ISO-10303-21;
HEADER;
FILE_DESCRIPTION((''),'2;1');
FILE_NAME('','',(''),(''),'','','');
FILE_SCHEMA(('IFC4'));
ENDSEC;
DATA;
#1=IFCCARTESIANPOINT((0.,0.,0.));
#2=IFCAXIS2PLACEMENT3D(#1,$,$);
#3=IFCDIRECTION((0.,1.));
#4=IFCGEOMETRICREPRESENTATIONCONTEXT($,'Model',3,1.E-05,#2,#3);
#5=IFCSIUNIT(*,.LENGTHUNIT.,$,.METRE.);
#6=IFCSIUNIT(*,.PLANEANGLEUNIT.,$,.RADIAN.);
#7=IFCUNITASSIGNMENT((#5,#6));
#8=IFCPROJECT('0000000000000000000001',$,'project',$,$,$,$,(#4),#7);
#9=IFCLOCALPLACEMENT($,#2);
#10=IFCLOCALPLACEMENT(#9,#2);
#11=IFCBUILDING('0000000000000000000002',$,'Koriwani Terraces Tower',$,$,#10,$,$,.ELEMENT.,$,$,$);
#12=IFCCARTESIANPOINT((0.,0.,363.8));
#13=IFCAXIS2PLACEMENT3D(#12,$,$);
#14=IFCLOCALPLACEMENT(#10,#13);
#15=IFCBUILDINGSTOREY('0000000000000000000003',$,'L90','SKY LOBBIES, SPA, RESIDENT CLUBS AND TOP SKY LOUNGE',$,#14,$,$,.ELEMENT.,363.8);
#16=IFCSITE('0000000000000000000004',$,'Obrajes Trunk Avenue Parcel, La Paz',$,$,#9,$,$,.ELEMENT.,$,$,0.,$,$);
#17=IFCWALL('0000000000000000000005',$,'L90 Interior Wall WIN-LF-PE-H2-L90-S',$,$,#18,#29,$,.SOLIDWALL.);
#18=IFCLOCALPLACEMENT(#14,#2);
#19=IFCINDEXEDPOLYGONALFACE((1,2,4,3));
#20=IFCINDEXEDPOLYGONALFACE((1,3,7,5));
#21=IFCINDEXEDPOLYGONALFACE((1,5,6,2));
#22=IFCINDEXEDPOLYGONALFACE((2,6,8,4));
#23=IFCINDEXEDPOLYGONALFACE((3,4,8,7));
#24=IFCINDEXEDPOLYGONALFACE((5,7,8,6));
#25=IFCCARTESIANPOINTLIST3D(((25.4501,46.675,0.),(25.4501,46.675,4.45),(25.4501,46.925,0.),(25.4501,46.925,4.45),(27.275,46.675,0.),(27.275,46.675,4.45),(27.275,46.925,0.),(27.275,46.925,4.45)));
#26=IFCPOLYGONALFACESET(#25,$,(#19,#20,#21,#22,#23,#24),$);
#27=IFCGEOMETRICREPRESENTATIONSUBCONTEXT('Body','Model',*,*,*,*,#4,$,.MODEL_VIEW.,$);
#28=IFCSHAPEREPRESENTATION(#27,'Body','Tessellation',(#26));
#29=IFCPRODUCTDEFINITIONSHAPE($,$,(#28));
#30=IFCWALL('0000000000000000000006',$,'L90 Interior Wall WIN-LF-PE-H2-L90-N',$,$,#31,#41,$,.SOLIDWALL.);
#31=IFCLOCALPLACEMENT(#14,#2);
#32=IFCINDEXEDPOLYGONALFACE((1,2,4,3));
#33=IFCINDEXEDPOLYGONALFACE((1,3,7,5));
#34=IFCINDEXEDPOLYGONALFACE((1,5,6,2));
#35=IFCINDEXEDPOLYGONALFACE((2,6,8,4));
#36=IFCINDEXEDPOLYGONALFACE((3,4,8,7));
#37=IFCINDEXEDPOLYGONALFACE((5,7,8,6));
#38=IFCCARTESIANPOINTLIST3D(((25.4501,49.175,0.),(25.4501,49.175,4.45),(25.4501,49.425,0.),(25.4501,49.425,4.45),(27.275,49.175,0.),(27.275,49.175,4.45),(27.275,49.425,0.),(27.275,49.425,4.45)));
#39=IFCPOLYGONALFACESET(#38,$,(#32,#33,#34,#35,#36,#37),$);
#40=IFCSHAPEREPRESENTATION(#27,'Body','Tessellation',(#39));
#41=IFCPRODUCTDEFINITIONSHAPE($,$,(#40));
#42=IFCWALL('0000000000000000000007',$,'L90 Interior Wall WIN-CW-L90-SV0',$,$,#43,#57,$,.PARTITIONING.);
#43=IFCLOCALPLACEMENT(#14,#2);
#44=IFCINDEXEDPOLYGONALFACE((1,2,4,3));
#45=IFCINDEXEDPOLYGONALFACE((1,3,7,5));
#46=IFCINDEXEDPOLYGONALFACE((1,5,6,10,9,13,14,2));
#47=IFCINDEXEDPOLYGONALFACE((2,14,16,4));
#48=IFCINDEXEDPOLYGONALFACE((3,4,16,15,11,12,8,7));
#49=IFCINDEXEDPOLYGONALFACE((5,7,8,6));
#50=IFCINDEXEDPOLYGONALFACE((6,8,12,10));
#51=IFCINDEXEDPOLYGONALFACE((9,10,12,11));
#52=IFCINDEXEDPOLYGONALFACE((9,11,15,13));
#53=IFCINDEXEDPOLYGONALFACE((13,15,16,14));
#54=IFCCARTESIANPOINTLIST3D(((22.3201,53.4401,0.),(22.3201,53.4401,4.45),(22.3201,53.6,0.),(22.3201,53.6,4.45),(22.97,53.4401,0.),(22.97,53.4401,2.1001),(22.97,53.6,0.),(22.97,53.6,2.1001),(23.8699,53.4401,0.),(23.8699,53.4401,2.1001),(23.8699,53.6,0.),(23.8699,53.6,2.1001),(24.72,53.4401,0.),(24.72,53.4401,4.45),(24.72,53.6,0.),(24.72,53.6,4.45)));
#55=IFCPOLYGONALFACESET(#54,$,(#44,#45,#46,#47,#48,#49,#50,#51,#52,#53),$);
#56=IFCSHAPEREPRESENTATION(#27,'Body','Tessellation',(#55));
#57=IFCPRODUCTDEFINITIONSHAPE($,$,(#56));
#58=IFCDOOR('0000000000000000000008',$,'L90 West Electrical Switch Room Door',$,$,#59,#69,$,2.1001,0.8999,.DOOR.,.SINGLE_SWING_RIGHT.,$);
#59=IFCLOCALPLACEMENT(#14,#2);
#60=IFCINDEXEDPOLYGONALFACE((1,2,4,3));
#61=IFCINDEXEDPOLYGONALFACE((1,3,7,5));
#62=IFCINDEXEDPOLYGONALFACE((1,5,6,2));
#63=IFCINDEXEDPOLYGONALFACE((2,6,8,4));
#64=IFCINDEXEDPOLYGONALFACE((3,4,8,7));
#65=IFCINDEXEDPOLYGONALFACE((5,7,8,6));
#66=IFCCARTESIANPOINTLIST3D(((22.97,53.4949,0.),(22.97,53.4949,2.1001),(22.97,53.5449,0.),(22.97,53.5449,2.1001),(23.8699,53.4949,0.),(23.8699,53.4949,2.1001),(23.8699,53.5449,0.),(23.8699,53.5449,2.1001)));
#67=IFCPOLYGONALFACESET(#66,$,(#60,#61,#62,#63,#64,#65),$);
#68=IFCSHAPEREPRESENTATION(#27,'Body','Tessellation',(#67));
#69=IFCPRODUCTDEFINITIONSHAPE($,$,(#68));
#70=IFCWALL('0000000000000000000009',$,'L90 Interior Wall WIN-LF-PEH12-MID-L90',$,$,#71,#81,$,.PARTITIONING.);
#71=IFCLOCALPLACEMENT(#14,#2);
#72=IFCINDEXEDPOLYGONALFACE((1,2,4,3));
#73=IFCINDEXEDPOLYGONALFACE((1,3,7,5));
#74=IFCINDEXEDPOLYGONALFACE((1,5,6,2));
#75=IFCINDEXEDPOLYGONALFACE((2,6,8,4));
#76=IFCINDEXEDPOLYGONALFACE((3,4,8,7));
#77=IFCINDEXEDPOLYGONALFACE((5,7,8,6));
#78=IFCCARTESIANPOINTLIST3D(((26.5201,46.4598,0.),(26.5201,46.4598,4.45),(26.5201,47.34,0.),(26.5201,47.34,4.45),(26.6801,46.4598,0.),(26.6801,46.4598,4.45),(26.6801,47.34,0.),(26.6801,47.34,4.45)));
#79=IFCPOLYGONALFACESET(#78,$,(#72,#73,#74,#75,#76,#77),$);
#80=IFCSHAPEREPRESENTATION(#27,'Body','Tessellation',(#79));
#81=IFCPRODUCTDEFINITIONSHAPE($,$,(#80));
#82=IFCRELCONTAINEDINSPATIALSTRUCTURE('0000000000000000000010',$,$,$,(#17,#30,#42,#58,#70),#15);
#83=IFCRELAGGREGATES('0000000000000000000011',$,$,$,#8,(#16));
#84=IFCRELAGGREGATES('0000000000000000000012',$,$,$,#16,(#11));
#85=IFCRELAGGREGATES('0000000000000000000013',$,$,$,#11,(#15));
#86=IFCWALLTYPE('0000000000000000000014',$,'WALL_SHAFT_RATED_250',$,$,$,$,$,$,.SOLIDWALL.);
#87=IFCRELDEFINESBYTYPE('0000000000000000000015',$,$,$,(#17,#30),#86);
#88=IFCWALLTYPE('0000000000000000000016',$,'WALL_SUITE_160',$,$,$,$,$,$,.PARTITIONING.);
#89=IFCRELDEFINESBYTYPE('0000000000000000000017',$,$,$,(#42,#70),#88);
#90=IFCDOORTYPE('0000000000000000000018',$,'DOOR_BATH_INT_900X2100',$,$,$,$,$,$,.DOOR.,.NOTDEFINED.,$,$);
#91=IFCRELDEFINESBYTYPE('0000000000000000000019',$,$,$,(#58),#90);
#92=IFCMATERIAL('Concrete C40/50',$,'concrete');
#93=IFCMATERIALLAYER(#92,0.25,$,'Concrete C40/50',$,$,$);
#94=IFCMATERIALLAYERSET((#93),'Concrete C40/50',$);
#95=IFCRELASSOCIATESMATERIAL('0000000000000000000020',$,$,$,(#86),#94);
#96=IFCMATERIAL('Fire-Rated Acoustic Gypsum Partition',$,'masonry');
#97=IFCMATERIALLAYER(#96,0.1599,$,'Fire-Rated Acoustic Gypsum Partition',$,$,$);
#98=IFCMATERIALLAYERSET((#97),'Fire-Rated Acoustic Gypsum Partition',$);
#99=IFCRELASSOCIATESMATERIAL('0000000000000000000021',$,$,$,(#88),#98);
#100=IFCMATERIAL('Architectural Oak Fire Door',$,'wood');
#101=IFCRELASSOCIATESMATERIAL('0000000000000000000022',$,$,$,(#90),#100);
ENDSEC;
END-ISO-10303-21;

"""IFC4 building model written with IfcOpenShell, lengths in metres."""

from ifc_helpers import new_model, si_unit, direction, frame, frame_2d, origin, place, context, subcontext, project, spatial, rectangle, extrude, material, layer, layer_set, type_object, element, fill, save


model = new_model("IFC4")

# Units and contexts
model_context = context("Model", 3, precision=1e-05, world=origin(), true_north=direction((0.0, 1.0)))
body_context = subcontext(model_context, "Body", "Model", "MODEL_VIEW")
ifc_project = project(units=[si_unit("LENGTHUNIT", "METRE"), si_unit("PLANEANGLEUNIT", "RADIAN")], contexts=[model_context])

# Site, building, storey
site_placement = place(None, origin())
site = spatial("IfcSite", under=ifc_project, at=site_placement, Name="Obrajes Trunk Avenue Parcel, La Paz", CompositionType="ELEMENT", RefElevation=0.0)
building_placement = place(site_placement, origin())
building = spatial("IfcBuilding", under=site, at=building_placement, Name="Koriwani Terraces Tower", CompositionType="ELEMENT")
storey_placement = place(building_placement, frame((0.0, 0.0, 363.8)))
storey = spatial("IfcBuildingStorey", under=building, at=storey_placement, Name="L90", Description="SKY LOBBIES, SPA, RESIDENT CLUBS AND TOP SKY LOUNGE", CompositionType="ELEMENT", Elevation=363.8)

# Shared definitions
ifc_material_1 = material(Name="Concrete C40/50", Category="concrete")

# Shared definitions
ifc_layer_1 = layer(ifc_material_1, 0.25, Name="Concrete C40/50")
ifc_layer_set_1 = layer_set([ifc_layer_1], Name="Concrete C40/50")
wall_type_1 = type_object("IfcWallType", Name="WALL_SHAFT_RATED_250", PredefinedType="SOLIDWALL", material=ifc_layer_set_1)

# Walls
for number, where, z_axis, x_axis, name in (
    (1, (25.45, 46.8, 0.0), (0.0, 0.0, 1.0), (1.0, 0.0, 0.0), "L90 Interior Wall WIN-LF-PE-H2-L90-S"),
    (2, (25.45, 49.3, 0.0), (0.0, 0.0, 1.0), (1.0, 0.0, 0.0), "L90 Interior Wall WIN-LF-PE-H2-L90-N"),
):
    element("IfcWall", number, at=place(storey_placement, frame(where, z_axis=z_axis, x_axis=x_axis)), inside=storey, type_object=wall_type_1, Name=name, PredefinedType="SOLIDWALL", context=body_context, shape_type="SweptSolid", body=[
        extrude(rectangle(XDim=1.825, YDim=0.25, at=frame_2d((0.9126, 0.0))), origin(), (0.0, 0.0, 1.0), 4.45),
    ])

# Wall, opening, door
ifc_material_2 = material(Name="Fire-Rated Acoustic Gypsum Partition", Category="masonry")
ifc_layer_2 = layer(ifc_material_2, 0.1599, Name="Fire-Rated Acoustic Gypsum Partition")
ifc_layer_set_2 = layer_set([ifc_layer_2], Name="Fire-Rated Acoustic Gypsum Partition")
wall_type_2 = type_object("IfcWallType", Name="WALL_SUITE_160", PredefinedType="PARTITIONING", material=ifc_layer_set_2)
wall_1_placement = place(storey_placement, frame((22.3201, 53.52, 0.0), z_axis=(0.0, 0.0, 1.0), x_axis=(1.0, 0.0, 0.0)))
wall_1 = element("IfcWall", 3, at=wall_1_placement, inside=storey, type_object=wall_type_2, Name="L90 Interior Wall WIN-CW-L90-SV0", PredefinedType="PARTITIONING", context=body_context, shape_type="SweptSolid", body=[
    extrude(rectangle(XDim=2.3999, YDim=0.1599, at=frame_2d((1.2, 0.0))), origin(), (0.0, 0.0, 1.0), 4.45),
])
opening_1_placement = place(wall_1_placement, frame((0.6499, 0.0, 0.0)))
opening_1 = element("IfcOpeningElement", 4, at=opening_1_placement, cuts=wall_1, PredefinedType="OPENING", context=body_context, shape_type="SweptSolid", body=[
    extrude(rectangle(XDim=0.8999, YDim=2.1001, at=frame_2d((0.45, 1.05))), frame((0.0, 0.0898, 0.0), z_axis=(0.0, -1.0, 0.0), x_axis=(1.0, 0.0, 0.0)), (0.0, 0.0, 1.0), 0.1799),
])
ifc_material_3 = material(Name="Architectural Oak Fire Door", Category="wood")
door_type_1 = type_object("IfcDoorType", Name="DOOR_BATH_INT_900X2100", OperationType="NOTDEFINED", PredefinedType="DOOR", material=ifc_material_3)
door_1_placement = place(opening_1_placement, origin())
door_1 = element("IfcDoor", 5, at=door_1_placement, inside=storey, type_object=door_type_1, Name="L90 West Electrical Switch Room Door", OperationType="SINGLE_SWING_RIGHT", OverallHeight=2.1001, OverallWidth=0.8999, PredefinedType="DOOR", context=body_context, shape_type="SweptSolid", body=[
    extrude(rectangle(XDim=0.8999, YDim=2.1001, at=frame_2d((0.45, 1.05))), frame((0.0, 0.0249, 0.0), z_axis=(0.0, -1.0, 0.0), x_axis=(1.0, 0.0, 0.0)), (0.0, 0.0, 1.0), 0.05),
])
fill(opening_1, door_1)

# Wall
wall_2_placement = place(storey_placement, frame((26.6001, 46.46, 0.0), z_axis=(0.0, 0.0, 1.0), x_axis=(0.0, 1.0, 0.0)))
element("IfcWall", 6, at=wall_2_placement, inside=storey, type_object=wall_type_2, Name="L90 Interior Wall WIN-LF-PEH12-MID-L90", PredefinedType="PARTITIONING", context=body_context, shape_type="SweptSolid", body=[
    extrude(rectangle(XDim=0.8801, YDim=0.1599, at=frame_2d((0.4399, 0.0))), origin(), (0.0, 0.0, 1.0), 4.45),
])

save(model, "model.ifc")
